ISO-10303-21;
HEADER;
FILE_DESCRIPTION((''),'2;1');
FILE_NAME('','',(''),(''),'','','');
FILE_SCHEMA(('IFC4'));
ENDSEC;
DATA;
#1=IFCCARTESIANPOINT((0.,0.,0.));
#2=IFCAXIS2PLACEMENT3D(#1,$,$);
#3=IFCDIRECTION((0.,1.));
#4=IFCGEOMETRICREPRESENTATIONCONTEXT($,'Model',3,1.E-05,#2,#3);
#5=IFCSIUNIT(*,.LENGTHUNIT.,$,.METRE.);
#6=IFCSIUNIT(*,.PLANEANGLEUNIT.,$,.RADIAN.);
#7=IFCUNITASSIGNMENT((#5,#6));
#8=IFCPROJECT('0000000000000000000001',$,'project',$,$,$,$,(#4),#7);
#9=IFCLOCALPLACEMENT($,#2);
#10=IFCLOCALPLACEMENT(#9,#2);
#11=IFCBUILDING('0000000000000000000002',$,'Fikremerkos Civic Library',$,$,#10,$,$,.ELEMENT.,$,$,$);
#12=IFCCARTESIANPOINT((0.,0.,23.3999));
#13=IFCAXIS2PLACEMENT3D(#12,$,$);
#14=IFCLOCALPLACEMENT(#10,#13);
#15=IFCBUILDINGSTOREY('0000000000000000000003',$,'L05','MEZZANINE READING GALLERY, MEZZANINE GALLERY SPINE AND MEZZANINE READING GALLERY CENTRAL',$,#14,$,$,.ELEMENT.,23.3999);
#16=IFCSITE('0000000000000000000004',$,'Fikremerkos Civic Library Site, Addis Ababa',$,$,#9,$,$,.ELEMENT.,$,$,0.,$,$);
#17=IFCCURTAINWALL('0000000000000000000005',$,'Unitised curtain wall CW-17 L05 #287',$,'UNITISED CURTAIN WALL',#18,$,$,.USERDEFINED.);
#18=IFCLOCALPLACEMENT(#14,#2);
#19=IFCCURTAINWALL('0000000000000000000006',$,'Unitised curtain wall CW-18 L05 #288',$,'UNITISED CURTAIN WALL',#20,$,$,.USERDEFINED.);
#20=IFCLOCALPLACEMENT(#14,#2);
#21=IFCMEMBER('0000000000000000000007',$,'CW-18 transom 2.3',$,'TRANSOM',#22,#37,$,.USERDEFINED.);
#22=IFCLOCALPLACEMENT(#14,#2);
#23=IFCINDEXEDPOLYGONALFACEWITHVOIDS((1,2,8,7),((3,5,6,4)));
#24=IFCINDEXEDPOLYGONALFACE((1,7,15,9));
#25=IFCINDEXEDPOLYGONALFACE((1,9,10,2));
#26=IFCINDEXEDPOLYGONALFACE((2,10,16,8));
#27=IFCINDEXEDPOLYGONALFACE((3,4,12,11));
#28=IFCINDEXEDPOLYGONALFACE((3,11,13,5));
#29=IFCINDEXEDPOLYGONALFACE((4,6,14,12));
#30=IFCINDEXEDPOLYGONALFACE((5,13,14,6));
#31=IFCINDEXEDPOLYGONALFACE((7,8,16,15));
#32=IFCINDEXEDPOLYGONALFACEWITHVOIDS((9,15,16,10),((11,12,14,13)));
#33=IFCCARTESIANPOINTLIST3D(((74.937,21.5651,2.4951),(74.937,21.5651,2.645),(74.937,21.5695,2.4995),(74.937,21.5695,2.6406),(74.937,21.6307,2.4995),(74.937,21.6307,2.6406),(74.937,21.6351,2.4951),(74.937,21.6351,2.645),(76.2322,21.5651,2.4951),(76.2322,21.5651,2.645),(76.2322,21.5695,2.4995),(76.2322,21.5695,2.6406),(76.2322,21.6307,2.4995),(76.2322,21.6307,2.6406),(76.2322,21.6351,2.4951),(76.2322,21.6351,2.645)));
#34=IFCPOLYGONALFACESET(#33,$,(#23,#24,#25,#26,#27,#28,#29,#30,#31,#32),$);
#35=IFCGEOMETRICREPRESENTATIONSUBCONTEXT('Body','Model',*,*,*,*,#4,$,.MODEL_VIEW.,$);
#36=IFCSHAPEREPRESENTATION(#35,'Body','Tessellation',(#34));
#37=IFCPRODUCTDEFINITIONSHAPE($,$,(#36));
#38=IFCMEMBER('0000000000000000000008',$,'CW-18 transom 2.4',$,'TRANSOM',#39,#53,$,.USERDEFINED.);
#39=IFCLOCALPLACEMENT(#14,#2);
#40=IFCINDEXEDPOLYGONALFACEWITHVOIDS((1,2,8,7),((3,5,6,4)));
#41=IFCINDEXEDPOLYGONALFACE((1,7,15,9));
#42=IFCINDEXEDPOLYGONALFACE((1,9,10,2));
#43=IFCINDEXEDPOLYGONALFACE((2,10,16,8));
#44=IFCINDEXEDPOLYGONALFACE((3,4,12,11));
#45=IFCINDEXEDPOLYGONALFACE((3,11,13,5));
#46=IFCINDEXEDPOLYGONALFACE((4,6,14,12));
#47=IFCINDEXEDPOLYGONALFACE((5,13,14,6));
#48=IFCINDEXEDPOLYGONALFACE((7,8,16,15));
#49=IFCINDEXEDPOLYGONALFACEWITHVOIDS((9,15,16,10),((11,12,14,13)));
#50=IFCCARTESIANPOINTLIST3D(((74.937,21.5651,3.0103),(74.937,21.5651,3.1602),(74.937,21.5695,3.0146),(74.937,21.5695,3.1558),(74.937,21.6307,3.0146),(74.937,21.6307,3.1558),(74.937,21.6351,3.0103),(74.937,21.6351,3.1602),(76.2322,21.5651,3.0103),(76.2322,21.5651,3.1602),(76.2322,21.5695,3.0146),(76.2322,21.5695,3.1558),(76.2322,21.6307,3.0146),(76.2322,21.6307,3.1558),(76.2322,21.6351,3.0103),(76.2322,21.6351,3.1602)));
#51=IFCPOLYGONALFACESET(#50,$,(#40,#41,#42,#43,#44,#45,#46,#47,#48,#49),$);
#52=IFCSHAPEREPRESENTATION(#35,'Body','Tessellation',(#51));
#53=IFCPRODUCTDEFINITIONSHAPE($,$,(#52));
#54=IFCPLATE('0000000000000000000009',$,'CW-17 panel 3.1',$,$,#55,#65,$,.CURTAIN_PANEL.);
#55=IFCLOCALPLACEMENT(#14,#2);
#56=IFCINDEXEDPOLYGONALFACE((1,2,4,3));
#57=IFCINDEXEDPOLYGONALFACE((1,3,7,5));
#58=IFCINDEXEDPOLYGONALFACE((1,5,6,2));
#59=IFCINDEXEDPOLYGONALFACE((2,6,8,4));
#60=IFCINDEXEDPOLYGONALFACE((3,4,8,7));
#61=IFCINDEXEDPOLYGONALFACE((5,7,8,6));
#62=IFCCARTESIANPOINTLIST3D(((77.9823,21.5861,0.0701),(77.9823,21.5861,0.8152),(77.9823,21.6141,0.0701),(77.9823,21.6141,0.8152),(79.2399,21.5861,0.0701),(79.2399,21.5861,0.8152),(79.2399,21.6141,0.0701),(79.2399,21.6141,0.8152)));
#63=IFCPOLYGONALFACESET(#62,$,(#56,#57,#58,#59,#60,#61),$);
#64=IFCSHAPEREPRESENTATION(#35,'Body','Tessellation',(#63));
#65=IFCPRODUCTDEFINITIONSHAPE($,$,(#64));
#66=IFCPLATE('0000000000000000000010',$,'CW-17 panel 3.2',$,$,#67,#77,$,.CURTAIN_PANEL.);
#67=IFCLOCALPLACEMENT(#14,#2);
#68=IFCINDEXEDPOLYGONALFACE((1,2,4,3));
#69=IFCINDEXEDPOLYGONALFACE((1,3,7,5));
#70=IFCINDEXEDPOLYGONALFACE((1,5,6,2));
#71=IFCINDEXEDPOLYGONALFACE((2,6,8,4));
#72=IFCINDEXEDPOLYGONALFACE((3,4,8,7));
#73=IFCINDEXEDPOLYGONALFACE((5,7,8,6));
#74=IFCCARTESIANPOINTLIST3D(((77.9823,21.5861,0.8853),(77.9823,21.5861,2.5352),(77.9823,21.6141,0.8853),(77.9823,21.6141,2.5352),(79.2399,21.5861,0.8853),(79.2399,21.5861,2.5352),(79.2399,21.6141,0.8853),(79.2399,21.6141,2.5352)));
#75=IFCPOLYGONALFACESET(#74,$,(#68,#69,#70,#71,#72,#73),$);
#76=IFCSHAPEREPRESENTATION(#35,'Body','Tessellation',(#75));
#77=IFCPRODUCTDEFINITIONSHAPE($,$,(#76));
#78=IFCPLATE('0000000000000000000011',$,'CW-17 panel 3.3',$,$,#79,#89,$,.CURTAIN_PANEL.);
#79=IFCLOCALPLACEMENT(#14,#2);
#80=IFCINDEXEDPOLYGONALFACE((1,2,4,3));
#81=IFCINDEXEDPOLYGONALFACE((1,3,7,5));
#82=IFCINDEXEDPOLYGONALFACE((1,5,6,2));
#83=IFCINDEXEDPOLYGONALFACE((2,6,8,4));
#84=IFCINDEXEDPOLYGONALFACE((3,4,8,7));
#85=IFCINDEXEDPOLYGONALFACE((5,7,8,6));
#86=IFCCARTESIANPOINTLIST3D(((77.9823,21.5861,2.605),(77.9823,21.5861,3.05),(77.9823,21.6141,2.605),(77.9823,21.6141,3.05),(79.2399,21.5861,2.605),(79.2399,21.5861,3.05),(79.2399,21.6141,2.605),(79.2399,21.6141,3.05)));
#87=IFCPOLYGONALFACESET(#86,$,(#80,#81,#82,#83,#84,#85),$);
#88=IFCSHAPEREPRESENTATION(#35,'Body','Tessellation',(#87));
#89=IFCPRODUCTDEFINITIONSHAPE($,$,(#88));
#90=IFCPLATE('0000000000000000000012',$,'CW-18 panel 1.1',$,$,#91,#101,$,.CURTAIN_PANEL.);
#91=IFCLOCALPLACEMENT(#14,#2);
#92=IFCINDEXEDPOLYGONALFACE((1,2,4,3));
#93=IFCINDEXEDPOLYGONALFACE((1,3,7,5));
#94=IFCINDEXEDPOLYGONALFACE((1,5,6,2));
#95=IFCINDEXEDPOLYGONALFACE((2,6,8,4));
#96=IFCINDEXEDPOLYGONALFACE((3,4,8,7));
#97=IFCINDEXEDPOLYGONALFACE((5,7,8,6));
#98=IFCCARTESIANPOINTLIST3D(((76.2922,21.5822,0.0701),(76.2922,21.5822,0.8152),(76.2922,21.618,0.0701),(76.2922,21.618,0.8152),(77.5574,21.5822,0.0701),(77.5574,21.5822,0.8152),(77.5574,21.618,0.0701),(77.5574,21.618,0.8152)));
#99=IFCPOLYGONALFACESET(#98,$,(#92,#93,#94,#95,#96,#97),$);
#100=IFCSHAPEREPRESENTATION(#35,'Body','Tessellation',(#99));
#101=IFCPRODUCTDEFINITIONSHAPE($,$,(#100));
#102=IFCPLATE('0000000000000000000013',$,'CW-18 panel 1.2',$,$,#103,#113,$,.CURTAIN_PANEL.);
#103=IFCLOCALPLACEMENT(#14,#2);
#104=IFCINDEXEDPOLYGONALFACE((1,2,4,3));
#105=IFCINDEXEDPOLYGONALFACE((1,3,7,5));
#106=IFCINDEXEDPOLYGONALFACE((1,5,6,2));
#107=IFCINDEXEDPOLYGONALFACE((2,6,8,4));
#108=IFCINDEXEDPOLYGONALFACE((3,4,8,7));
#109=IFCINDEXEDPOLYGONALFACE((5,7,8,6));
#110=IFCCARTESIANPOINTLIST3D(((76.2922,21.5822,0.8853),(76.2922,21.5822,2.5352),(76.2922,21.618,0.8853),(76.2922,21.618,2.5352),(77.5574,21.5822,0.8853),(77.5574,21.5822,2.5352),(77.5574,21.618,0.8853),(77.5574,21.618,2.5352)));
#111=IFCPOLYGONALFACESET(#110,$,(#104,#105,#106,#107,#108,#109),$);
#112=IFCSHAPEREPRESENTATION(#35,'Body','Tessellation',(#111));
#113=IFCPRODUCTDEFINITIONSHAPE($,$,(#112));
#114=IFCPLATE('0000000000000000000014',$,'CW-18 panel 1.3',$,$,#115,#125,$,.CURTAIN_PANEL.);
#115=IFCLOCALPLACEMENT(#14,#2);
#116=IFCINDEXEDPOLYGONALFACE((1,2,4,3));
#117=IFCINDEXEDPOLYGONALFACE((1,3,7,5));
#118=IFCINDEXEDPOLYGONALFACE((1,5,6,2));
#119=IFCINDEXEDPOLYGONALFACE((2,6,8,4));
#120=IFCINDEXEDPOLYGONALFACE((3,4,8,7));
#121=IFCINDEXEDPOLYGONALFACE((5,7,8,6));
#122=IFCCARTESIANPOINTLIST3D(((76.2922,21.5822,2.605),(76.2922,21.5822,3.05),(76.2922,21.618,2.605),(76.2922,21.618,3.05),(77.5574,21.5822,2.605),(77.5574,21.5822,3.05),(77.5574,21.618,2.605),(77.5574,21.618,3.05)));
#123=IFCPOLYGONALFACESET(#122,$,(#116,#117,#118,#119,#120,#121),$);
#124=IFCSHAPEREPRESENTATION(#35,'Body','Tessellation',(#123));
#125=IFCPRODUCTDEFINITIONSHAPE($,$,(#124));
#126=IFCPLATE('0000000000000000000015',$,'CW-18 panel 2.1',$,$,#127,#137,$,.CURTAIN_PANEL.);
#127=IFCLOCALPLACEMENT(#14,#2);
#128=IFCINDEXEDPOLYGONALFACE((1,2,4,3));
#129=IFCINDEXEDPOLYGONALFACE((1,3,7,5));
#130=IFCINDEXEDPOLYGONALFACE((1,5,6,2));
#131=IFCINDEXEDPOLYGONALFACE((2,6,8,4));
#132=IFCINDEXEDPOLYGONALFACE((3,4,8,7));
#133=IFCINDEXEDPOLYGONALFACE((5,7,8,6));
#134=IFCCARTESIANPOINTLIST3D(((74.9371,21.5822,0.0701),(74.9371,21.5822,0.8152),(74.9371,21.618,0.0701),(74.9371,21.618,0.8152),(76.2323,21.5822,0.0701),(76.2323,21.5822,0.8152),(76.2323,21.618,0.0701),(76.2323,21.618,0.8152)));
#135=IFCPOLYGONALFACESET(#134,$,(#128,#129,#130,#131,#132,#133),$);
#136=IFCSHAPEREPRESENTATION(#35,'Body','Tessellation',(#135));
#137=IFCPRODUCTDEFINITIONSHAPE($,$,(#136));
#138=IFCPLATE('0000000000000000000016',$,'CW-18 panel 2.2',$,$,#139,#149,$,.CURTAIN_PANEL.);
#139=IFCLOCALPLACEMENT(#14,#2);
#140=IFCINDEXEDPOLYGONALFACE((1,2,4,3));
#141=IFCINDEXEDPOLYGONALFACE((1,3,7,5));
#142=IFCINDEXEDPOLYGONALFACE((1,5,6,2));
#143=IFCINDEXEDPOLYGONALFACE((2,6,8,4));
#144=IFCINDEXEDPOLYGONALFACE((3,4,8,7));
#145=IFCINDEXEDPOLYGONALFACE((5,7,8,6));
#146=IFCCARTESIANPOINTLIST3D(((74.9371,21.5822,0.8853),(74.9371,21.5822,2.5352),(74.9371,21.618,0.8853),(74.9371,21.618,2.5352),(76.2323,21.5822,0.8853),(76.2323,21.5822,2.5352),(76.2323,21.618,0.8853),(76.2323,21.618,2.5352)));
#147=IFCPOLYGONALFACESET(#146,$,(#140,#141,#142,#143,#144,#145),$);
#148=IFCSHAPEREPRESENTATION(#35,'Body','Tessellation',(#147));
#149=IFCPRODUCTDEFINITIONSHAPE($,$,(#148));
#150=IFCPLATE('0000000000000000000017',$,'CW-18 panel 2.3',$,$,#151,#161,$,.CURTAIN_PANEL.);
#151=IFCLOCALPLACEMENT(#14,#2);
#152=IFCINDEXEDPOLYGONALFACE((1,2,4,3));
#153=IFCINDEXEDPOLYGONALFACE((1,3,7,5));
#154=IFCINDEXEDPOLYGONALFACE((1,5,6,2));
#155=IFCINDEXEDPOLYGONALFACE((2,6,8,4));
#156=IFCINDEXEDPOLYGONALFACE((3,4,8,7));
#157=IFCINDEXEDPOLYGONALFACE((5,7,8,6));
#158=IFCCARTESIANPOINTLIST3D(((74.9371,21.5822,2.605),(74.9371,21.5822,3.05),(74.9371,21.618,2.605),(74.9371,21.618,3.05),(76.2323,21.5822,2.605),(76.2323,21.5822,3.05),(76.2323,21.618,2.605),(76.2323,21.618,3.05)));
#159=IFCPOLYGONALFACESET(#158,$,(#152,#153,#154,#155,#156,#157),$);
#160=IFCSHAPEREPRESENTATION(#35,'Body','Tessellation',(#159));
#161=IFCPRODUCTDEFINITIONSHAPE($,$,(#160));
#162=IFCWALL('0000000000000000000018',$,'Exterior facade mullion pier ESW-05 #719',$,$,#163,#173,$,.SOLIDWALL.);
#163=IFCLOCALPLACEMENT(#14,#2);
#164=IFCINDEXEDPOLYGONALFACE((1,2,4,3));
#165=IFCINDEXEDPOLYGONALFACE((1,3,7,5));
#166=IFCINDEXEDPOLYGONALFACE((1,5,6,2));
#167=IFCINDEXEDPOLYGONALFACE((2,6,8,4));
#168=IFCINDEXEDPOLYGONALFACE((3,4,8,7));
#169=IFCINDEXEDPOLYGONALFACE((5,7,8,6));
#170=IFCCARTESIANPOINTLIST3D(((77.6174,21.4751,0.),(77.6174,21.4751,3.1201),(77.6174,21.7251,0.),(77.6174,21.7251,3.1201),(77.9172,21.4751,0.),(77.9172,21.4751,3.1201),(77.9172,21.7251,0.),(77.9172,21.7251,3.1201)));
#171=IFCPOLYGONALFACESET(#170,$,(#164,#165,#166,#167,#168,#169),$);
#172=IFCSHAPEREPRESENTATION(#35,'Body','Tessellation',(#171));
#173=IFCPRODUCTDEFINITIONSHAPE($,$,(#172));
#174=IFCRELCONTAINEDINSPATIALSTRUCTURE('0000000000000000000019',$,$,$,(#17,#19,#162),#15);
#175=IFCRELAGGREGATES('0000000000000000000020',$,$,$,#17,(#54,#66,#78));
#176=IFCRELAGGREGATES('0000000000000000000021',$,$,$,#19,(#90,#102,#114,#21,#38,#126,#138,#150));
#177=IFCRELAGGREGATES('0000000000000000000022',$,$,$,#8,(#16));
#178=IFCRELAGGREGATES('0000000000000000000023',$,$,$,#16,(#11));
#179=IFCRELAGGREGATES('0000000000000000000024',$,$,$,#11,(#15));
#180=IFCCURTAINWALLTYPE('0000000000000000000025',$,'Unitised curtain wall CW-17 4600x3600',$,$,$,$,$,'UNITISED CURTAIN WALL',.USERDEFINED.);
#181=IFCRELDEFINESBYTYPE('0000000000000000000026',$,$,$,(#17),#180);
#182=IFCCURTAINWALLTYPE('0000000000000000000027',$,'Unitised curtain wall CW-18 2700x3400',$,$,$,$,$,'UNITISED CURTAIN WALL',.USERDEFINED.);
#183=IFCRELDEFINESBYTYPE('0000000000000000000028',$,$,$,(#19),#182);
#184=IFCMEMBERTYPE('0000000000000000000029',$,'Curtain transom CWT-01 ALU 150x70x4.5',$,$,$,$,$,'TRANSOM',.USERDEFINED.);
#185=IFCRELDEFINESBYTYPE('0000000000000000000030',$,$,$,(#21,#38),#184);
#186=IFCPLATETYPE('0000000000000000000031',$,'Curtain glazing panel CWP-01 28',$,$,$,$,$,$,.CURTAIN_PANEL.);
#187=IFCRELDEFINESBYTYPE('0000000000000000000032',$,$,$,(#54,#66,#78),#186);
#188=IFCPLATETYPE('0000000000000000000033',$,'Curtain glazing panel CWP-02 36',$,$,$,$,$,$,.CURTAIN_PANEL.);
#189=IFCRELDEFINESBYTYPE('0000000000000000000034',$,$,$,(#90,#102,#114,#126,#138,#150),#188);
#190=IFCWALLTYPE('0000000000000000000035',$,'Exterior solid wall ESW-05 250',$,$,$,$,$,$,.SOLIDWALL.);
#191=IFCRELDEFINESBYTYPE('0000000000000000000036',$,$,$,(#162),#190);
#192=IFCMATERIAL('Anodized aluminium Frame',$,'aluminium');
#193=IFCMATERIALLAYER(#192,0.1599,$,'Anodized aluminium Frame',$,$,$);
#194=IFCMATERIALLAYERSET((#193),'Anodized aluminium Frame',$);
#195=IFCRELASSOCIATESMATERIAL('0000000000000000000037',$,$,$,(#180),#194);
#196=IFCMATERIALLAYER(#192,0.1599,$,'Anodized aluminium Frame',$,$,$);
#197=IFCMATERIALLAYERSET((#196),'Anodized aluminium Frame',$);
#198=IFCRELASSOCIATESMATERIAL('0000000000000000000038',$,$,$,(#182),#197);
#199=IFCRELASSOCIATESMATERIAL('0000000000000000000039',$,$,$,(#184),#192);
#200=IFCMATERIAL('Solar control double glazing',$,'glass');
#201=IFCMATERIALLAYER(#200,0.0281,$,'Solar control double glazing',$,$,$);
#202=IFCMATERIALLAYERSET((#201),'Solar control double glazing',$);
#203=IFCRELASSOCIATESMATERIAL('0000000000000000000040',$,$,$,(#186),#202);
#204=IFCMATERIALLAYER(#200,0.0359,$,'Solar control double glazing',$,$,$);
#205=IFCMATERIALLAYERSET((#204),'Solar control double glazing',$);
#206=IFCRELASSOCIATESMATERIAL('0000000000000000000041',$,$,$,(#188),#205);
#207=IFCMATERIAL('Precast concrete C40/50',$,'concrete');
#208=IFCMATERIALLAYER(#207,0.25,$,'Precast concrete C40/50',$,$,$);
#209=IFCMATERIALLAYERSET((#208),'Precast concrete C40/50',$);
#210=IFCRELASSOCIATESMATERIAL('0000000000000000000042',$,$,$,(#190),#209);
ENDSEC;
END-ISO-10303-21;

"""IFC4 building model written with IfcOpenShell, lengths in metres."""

from ifc_helpers import new_model, si_unit, direction, frame, frame_2d, origin, origin_2d, place, context, subcontext, project, spatial, rectangle, hollow_rectangle, extrude, material, layer, layer_set, material_profile, profile_set, type_object, element, aggregate, save


model = new_model("IFC4")

# Units and contexts
model_context = context("Model", 3, precision=1e-05, world=origin(), true_north=direction((0.0, 1.0)))
body_context = subcontext(model_context, "Body", "Model", "MODEL_VIEW")
ifc_project = project(units=[si_unit("LENGTHUNIT", "METRE"), si_unit("PLANEANGLEUNIT", "RADIAN")], contexts=[model_context])

# Site, building, storey
site_placement = place(None, origin())
site = spatial("IfcSite", under=ifc_project, at=site_placement, Name="Fikremerkos Civic Library Site, Addis Ababa", CompositionType="ELEMENT", RefElevation=0.0)
building_placement = place(site_placement, origin())
building = spatial("IfcBuilding", under=site, at=building_placement, Name="Fikremerkos Civic Library", CompositionType="ELEMENT")
storey_placement = place(building_placement, frame((0.0, 0.0, 23.3999)))
storey = spatial("IfcBuildingStorey", under=building, at=storey_placement, Name="L05", Description="MEZZANINE READING GALLERY, MEZZANINE GALLERY SPINE AND MEZZANINE READING GALLERY CENTRAL", CompositionType="ELEMENT", Elevation=23.3999)

# Curtain wall
ifc_material_1 = material(Name="Anodized aluminium Frame", Category="aluminium")
ifc_layer_1 = layer(ifc_material_1, 0.1599, Name="Anodized aluminium Frame")
ifc_layer_set_1 = layer_set([ifc_layer_1], Name="Anodized aluminium Frame")
curtain_wall_type_1 = type_object("IfcCurtainWallType", Name="Unitised curtain wall CW-17 4600x3600", ElementType="UNITISED CURTAIN WALL", PredefinedType="USERDEFINED", material=ifc_layer_set_1)
curtain_wall_1_placement = place(storey_placement, origin())
curtain_wall_1 = element("IfcCurtainWall", 1, at=curtain_wall_1_placement, inside=storey, type_object=curtain_wall_type_1, Name="Unitised curtain wall CW-17 L05 #287", ObjectType="UNITISED CURTAIN WALL", PredefinedType="USERDEFINED")

# Curtain wall
ifc_layer_2 = layer(ifc_material_1, 0.1599, Name="Anodized aluminium Frame")
ifc_layer_set_2 = layer_set([ifc_layer_2], Name="Anodized aluminium Frame")
curtain_wall_type_2 = type_object("IfcCurtainWallType", Name="Unitised curtain wall CW-18 2700x3400", ElementType="UNITISED CURTAIN WALL", PredefinedType="USERDEFINED", material=ifc_layer_set_2)
curtain_wall_2_placement = place(storey_placement, origin())
curtain_wall_2 = element("IfcCurtainWall", 2, at=curtain_wall_2_placement, inside=storey, type_object=curtain_wall_type_2, Name="Unitised curtain wall CW-18 L05 #288", ObjectType="UNITISED CURTAIN WALL", PredefinedType="USERDEFINED")

# Members
ifc_material_profile_1 = material_profile(ifc_material_1, hollow_rectangle(XDim=0.0701, YDim=0.1499, WallThickness=0.0044, at=origin_2d()), Name="ALU 150x70x4.5")
ifc_profile_set_1 = profile_set([ifc_material_profile_1], Name="Anodized aluminium Frame")
member_type_1 = type_object("IfcMemberType", Name="Curtain transom CWT-01 ALU 150x70x4.5", ElementType="TRANSOM", PredefinedType="USERDEFINED", material=ifc_profile_set_1)
member_1_placement = place(storey_placement, frame((76.2322, 21.6001, 2.5701), z_axis=(-1.0, 0.0, 0.0), x_axis=(0.0, -1.0, 0.0)))
member_1 = element("IfcMember", 3, at=member_1_placement, type_object=member_type_1, Name="CW-18 transom 2.3", ObjectType="TRANSOM", PredefinedType="USERDEFINED", context=body_context, shape_type="SweptSolid", body=[
    extrude(hollow_rectangle(XDim=0.0701, YDim=0.1499, WallThickness=0.0044, at=origin_2d()), origin(), (0.0, 0.0, 1.0), 1.2952),
])
member_2_placement = place(storey_placement, frame((76.2322, 21.6001, 3.0852), z_axis=(-1.0, 0.0, 0.0), x_axis=(0.0, -1.0, 0.0)))
member_2 = element("IfcMember", 4, at=member_2_placement, type_object=member_type_1, Name="CW-18 transom 2.4", ObjectType="TRANSOM", PredefinedType="USERDEFINED", context=body_context, shape_type="SweptSolid", body=[
    extrude(hollow_rectangle(XDim=0.0701, YDim=0.1499, WallThickness=0.0044, at=origin_2d()), origin(), (0.0, 0.0, 1.0), 1.2952),
])

# Plates
ifc_material_2 = material(Name="Solar control double glazing", Category="glass")
ifc_layer_3 = layer(ifc_material_2, 0.0281, Name="Solar control double glazing")
ifc_layer_set_3 = layer_set([ifc_layer_3], Name="Solar control double glazing")
plate_type_1 = type_object("IfcPlateType", Name="Curtain glazing panel CWP-01 28", PredefinedType="CURTAIN_PANEL", material=ifc_layer_set_3)
plate_1_placement = place(storey_placement, frame((78.6111, 21.6001, 0.0701), z_axis=(0.0, 0.0, 1.0), x_axis=(-1.0, 0.0, 0.0)))
plate_1 = element("IfcPlate", 5, at=plate_1_placement, type_object=plate_type_1, Name="CW-17 panel 3.1", PredefinedType="CURTAIN_PANEL", context=body_context, shape_type="SweptSolid", body=[
    extrude(rectangle(XDim=1.2576, YDim=0.0281, at=origin_2d()), origin(), (0.0, 0.0, 1.0), 0.7451),
])
plate_2_placement = place(storey_placement, frame((78.6111, 21.6001, 0.8853), z_axis=(0.0, 0.0, 1.0), x_axis=(-1.0, 0.0, 0.0)))
plate_2 = element("IfcPlate", 6, at=plate_2_placement, type_object=plate_type_1, Name="CW-17 panel 3.2", PredefinedType="CURTAIN_PANEL", context=body_context, shape_type="SweptSolid", body=[
    extrude(rectangle(XDim=1.2576, YDim=0.0281, at=origin_2d()), origin(), (0.0, 0.0, 1.0), 1.6499),
])
plate_3_placement = place(storey_placement, frame((78.6111, 21.6001, 2.605), z_axis=(0.0, 0.0, 1.0), x_axis=(-1.0, 0.0, 0.0)))
plate_3 = element("IfcPlate", 7, at=plate_3_placement, type_object=plate_type_1, Name="CW-17 panel 3.3", PredefinedType="CURTAIN_PANEL", context=body_context, shape_type="SweptSolid", body=[
    extrude(rectangle(XDim=1.2576, YDim=0.0281, at=origin_2d()), origin(), (0.0, 0.0, 1.0), 0.4451),
])
aggregate(curtain_wall_1, [plate_1, plate_2, plate_3])
ifc_layer_4 = layer(ifc_material_2, 0.0359, Name="Solar control double glazing")
ifc_layer_set_4 = layer_set([ifc_layer_4], Name="Solar control double glazing")
plate_type_2 = type_object("IfcPlateType", Name="Curtain glazing panel CWP-02 36", PredefinedType="CURTAIN_PANEL", material=ifc_layer_set_4)
plate_4_placement = place(storey_placement, frame((76.9248, 21.6001, 0.0701), z_axis=(0.0, 0.0, 1.0), x_axis=(-1.0, 0.0, 0.0)))
plate_4 = element("IfcPlate", 8, at=plate_4_placement, type_object=plate_type_2, Name="CW-18 panel 1.1", PredefinedType="CURTAIN_PANEL", context=body_context, shape_type="SweptSolid", body=[
    extrude(rectangle(XDim=1.2651, YDim=0.0359, at=origin_2d()), origin(), (0.0, 0.0, 1.0), 0.7451),
])
plate_5_placement = place(storey_placement, frame((76.9248, 21.6001, 0.8853), z_axis=(0.0, 0.0, 1.0), x_axis=(-1.0, 0.0, 0.0)))
plate_5 = element("IfcPlate", 9, at=plate_5_placement, type_object=plate_type_2, Name="CW-18 panel 1.2", PredefinedType="CURTAIN_PANEL", context=body_context, shape_type="SweptSolid", body=[
    extrude(rectangle(XDim=1.2651, YDim=0.0359, at=origin_2d()), origin(), (0.0, 0.0, 1.0), 1.6499),
])
plate_6_placement = place(storey_placement, frame((76.9248, 21.6001, 2.605), z_axis=(0.0, 0.0, 1.0), x_axis=(-1.0, 0.0, 0.0)))
plate_6 = element("IfcPlate", 10, at=plate_6_placement, type_object=plate_type_2, Name="CW-18 panel 1.3", PredefinedType="CURTAIN_PANEL", context=body_context, shape_type="SweptSolid", body=[
    extrude(rectangle(XDim=1.2651, YDim=0.0359, at=origin_2d()), origin(), (0.0, 0.0, 1.0), 0.4451),
])
plate_7_placement = place(storey_placement, frame((75.5847, 21.6001, 0.0701), z_axis=(0.0, 0.0, 1.0), x_axis=(-1.0, 0.0, 0.0)))
plate_7 = element("IfcPlate", 11, at=plate_7_placement, type_object=plate_type_2, Name="CW-18 panel 2.1", PredefinedType="CURTAIN_PANEL", context=body_context, shape_type="SweptSolid", body=[
    extrude(rectangle(XDim=1.2952, YDim=0.0359, at=origin_2d()), origin(), (0.0, 0.0, 1.0), 0.7451),
])
plate_8_placement = place(storey_placement, frame((75.5847, 21.6001, 0.8853), z_axis=(0.0, 0.0, 1.0), x_axis=(-1.0, 0.0, 0.0)))
plate_8 = element("IfcPlate", 12, at=plate_8_placement, type_object=plate_type_2, Name="CW-18 panel 2.2", PredefinedType="CURTAIN_PANEL", context=body_context, shape_type="SweptSolid", body=[
    extrude(rectangle(XDim=1.2952, YDim=0.0359, at=origin_2d()), origin(), (0.0, 0.0, 1.0), 1.6499),
])
plate_9_placement = place(storey_placement, frame((75.5847, 21.6001, 2.605), z_axis=(0.0, 0.0, 1.0), x_axis=(-1.0, 0.0, 0.0)))
plate_9 = element("IfcPlate", 13, at=plate_9_placement, type_object=plate_type_2, Name="CW-18 panel 2.3", PredefinedType="CURTAIN_PANEL", context=body_context, shape_type="SweptSolid", body=[
    extrude(rectangle(XDim=1.2952, YDim=0.0359, at=origin_2d()), origin(), (0.0, 0.0, 1.0), 0.4451),
])
aggregate(curtain_wall_2, [plate_4, plate_5, plate_6, member_1, member_2, plate_7, plate_8, plate_9])

# Wall
ifc_material_3 = material(Name="Precast concrete C40/50", Category="concrete")
ifc_layer_5 = layer(ifc_material_3, 0.25, Name="Precast concrete C40/50")
ifc_layer_set_5 = layer_set([ifc_layer_5], Name="Precast concrete C40/50")
wall_type = type_object("IfcWallType", Name="Exterior solid wall ESW-05 250", PredefinedType="SOLIDWALL", material=ifc_layer_set_5)
wall_placement = place(storey_placement, frame((77.9172, 21.6001, 0.0), z_axis=(0.0, 0.0, 1.0), x_axis=(-1.0, 0.0, 0.0)))
element("IfcWall", 14, at=wall_placement, inside=storey, type_object=wall_type, Name="Exterior facade mullion pier ESW-05 #719", PredefinedType="SOLIDWALL", context=body_context, shape_type="SweptSolid", body=[
    extrude(rectangle(XDim=0.2998, YDim=0.25, at=frame_2d((0.1499, 0.0))), origin(), (0.0, 0.0, 1.0), 3.1201),
])

save(model, "model.ifc")
